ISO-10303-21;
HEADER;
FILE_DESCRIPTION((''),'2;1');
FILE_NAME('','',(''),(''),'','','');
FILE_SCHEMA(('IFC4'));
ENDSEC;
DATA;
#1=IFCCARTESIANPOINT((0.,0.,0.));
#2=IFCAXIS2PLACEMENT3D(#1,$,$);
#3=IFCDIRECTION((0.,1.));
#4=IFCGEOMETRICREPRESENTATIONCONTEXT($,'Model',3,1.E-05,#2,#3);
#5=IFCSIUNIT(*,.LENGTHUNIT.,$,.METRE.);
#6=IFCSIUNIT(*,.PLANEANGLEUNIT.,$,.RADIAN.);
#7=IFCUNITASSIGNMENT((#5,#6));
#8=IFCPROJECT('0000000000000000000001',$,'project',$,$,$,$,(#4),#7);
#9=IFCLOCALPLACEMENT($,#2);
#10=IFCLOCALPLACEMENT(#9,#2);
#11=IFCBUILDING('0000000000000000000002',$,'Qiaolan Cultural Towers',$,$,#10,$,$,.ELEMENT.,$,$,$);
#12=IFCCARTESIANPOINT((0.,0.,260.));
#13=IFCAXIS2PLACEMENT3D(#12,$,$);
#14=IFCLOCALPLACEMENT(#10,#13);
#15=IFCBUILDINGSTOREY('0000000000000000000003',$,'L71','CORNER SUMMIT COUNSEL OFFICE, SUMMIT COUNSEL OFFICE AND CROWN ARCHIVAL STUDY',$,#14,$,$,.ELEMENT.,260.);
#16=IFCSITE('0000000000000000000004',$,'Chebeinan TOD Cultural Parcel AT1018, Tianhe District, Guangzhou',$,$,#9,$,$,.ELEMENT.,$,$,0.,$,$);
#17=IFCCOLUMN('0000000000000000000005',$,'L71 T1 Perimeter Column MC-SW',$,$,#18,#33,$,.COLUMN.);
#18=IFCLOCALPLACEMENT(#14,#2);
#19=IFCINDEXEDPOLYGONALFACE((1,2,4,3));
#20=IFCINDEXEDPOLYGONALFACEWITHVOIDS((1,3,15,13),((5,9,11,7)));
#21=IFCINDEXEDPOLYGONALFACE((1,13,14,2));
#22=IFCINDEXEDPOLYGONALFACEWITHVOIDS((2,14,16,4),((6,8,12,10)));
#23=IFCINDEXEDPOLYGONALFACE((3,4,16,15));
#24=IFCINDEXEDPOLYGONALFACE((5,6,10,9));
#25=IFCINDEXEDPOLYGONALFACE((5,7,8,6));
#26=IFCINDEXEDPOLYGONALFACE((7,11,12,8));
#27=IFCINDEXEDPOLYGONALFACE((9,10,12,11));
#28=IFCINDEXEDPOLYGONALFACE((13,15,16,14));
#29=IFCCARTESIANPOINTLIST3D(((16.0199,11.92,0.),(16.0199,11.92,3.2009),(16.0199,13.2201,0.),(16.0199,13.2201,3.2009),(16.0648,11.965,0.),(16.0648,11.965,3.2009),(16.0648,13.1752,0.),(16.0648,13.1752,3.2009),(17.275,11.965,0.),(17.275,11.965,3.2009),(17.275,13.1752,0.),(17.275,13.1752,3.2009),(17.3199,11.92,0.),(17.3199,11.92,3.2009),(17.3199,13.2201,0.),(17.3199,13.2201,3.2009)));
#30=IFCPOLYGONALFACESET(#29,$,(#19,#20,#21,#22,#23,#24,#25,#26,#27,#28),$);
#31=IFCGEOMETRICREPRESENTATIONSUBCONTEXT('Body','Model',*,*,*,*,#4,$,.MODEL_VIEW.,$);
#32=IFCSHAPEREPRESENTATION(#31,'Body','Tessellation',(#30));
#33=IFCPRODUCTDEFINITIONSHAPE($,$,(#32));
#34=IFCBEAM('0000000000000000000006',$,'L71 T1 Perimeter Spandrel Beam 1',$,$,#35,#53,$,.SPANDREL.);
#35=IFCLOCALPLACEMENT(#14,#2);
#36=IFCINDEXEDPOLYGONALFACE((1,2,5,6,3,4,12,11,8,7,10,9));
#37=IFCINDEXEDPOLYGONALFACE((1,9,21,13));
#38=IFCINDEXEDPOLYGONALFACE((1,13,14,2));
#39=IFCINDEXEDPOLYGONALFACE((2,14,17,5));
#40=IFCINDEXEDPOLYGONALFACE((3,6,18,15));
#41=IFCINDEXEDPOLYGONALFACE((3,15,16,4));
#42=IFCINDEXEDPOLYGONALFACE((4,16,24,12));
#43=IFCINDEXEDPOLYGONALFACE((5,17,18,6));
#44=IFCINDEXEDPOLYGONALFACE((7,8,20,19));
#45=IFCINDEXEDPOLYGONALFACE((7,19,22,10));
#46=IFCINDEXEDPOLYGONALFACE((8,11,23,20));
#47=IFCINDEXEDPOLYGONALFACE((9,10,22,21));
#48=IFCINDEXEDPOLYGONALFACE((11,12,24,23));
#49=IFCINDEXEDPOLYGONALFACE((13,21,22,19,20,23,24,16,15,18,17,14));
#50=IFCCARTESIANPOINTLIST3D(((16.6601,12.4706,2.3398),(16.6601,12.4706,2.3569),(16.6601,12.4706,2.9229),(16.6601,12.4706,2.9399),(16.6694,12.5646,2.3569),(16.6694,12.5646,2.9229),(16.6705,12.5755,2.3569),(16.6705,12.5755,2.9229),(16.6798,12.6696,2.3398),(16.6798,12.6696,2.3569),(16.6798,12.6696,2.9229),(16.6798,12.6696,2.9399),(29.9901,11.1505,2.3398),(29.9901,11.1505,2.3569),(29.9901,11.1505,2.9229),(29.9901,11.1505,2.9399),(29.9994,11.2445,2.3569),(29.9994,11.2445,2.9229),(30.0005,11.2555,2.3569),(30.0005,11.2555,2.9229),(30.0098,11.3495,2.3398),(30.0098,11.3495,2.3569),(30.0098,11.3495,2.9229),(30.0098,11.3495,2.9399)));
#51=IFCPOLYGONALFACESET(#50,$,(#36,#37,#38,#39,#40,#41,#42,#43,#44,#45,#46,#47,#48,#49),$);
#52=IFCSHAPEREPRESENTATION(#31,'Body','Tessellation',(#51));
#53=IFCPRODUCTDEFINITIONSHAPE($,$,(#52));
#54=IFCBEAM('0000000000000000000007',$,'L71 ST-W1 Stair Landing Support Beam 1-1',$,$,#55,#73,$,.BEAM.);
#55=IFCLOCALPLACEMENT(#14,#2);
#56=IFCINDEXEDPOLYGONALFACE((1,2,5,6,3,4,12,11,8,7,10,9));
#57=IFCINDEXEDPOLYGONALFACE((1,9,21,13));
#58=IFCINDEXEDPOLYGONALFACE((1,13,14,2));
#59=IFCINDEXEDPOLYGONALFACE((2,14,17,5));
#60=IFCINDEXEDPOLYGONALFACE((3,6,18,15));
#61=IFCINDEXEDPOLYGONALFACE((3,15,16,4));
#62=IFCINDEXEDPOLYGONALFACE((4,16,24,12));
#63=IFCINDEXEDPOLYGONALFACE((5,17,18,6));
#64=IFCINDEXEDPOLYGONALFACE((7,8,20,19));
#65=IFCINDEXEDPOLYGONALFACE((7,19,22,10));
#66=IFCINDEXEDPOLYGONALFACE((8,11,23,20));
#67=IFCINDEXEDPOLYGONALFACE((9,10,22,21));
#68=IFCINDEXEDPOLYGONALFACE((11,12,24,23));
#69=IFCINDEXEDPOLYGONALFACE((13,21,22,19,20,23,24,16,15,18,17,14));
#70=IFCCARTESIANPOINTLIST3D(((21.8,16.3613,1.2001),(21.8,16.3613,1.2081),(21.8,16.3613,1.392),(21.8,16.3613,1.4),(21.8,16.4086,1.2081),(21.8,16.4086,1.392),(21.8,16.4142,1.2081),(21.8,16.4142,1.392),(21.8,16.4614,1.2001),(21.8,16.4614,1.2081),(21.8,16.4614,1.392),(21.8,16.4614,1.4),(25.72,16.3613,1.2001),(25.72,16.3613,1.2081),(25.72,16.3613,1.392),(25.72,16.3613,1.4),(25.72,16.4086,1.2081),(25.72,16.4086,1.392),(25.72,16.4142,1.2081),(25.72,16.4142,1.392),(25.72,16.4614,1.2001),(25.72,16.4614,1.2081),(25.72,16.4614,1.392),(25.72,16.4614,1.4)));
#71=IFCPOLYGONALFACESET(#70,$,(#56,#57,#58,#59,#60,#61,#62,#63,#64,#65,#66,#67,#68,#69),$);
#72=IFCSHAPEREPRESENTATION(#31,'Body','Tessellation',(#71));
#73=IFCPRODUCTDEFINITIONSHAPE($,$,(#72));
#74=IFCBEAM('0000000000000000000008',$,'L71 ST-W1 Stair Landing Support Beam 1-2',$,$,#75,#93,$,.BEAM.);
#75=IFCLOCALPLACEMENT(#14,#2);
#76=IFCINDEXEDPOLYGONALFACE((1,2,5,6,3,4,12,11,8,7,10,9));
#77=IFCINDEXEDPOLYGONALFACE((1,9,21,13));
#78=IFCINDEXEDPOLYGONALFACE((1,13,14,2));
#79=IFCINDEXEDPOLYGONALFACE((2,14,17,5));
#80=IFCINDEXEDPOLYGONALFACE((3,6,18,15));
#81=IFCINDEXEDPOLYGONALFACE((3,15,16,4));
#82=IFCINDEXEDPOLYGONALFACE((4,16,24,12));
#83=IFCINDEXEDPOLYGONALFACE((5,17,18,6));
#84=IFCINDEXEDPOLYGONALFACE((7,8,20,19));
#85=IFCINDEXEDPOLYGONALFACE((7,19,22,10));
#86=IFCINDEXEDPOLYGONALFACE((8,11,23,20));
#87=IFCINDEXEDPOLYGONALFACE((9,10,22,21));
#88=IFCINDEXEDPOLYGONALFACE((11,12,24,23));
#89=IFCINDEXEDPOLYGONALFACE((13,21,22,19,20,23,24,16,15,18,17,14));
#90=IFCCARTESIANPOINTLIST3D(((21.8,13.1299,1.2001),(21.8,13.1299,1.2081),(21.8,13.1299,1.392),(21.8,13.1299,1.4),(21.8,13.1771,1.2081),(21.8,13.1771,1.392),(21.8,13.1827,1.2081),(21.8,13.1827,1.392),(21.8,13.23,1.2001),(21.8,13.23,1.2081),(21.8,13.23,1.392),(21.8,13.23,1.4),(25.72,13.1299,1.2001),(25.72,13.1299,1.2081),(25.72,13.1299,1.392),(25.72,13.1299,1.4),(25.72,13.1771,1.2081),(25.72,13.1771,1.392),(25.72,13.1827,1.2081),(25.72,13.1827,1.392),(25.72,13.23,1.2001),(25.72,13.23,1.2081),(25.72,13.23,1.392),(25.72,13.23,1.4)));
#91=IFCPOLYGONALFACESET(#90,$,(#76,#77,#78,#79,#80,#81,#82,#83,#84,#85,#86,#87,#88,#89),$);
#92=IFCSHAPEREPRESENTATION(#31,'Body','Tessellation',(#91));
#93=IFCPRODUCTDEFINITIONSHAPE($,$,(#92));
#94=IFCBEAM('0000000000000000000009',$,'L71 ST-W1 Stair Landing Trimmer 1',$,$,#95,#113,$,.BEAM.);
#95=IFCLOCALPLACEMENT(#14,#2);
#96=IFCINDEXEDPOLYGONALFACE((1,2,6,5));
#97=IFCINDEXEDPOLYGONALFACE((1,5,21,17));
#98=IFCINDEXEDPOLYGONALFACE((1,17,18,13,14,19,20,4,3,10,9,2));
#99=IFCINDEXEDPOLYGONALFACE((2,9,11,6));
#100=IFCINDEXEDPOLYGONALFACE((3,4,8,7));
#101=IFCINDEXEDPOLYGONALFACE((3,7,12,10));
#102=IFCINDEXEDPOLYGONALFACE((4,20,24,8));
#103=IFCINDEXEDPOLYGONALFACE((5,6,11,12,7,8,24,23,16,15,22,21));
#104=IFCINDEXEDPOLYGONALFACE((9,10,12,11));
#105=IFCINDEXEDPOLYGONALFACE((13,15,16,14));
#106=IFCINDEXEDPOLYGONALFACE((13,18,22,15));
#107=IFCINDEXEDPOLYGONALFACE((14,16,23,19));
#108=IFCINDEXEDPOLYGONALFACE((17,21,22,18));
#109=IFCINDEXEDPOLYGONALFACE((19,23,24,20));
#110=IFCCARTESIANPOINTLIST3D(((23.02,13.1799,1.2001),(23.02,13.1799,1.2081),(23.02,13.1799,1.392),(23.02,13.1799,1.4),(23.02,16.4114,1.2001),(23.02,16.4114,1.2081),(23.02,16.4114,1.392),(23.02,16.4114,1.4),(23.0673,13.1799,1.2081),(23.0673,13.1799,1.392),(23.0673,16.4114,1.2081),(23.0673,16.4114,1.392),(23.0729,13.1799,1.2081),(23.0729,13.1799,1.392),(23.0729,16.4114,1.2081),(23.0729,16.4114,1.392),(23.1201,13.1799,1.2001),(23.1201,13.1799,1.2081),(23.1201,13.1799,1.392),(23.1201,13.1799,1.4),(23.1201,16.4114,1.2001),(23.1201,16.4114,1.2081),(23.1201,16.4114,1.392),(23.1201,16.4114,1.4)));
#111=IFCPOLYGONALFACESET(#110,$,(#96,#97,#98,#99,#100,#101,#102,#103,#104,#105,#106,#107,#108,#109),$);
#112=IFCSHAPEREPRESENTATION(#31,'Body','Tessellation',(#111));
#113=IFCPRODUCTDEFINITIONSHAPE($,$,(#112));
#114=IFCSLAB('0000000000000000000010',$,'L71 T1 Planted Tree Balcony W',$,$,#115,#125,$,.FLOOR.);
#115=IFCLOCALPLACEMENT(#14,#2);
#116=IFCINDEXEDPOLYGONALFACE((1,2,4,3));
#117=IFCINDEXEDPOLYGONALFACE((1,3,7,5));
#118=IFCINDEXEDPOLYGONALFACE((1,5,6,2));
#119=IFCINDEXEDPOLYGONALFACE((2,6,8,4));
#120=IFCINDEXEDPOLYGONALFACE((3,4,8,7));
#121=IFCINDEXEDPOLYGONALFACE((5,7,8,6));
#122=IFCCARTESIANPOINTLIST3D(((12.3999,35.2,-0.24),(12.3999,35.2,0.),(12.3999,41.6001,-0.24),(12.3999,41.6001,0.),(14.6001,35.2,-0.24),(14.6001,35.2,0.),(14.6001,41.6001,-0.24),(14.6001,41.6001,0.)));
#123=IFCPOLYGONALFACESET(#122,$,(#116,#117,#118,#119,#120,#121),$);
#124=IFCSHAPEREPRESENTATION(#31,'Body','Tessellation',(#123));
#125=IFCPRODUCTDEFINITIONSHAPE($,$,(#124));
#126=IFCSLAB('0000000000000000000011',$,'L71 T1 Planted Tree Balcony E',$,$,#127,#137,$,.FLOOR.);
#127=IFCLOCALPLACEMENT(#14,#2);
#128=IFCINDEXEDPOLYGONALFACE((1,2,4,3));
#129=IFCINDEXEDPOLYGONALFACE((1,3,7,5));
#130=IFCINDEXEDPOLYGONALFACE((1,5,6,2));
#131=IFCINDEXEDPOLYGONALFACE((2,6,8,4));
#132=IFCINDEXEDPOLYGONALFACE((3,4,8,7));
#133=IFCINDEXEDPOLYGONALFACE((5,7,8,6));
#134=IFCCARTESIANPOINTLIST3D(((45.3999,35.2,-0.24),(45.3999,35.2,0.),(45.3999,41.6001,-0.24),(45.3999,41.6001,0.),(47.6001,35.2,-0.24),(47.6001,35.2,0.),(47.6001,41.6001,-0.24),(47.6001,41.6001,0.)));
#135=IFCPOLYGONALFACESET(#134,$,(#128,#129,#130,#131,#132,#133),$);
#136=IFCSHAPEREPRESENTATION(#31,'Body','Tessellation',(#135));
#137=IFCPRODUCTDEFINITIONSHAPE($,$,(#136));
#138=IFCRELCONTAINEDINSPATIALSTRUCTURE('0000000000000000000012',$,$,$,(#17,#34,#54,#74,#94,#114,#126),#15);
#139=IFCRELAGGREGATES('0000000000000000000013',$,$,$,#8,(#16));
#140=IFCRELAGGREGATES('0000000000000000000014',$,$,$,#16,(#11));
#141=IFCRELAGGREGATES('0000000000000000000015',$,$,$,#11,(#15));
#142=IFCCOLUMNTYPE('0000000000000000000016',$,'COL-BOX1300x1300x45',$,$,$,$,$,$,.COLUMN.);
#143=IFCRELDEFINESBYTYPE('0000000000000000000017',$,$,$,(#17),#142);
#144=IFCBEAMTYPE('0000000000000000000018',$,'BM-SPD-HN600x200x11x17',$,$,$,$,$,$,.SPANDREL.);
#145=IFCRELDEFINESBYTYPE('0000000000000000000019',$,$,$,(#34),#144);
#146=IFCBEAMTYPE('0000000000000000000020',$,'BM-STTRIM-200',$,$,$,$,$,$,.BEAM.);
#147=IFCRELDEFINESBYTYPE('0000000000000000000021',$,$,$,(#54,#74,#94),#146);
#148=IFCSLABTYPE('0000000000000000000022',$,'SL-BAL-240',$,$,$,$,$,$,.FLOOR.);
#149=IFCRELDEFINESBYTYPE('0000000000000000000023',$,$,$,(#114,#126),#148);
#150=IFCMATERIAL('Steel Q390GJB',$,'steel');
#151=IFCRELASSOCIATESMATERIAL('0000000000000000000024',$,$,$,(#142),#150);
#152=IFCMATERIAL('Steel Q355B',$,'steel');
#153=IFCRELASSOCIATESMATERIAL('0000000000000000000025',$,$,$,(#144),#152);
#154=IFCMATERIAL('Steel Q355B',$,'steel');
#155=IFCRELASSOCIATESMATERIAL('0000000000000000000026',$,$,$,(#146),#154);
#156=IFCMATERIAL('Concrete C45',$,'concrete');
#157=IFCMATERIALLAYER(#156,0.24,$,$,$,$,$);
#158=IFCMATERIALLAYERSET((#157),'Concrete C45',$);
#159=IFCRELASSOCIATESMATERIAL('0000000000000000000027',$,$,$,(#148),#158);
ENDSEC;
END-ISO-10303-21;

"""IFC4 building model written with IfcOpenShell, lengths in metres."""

from ifc_helpers import new_model, si_unit, direction, frame, origin, origin_2d, place, context, subcontext, project, spatial, polyline, hollow_rectangle, i_section, outline, extrude, material, layer, layer_set, material_profile, profile_set, type_object, element, save


model = new_model("IFC4")

# Units and contexts
model_context = context("Model", 3, precision=1e-05, world=origin(), true_north=direction((0.0, 1.0)))
body_context = subcontext(model_context, "Body", "Model", "MODEL_VIEW")
ifc_project = project(units=[si_unit("LENGTHUNIT", "METRE"), si_unit("PLANEANGLEUNIT", "RADIAN")], contexts=[model_context])

# Site, building, storey
site_placement = place(None, origin())
site = spatial("IfcSite", under=ifc_project, at=site_placement, Name="Chebeinan TOD Cultural Parcel AT1018, Tianhe District, Guangzhou", CompositionType="ELEMENT", RefElevation=0.0)
building_placement = place(site_placement, origin())
building = spatial("IfcBuilding", under=site, at=building_placement, Name="Qiaolan Cultural Towers", CompositionType="ELEMENT")
storey_placement = place(building_placement, frame((0.0, 0.0, 260.0)))
storey = spatial("IfcBuildingStorey", under=building, at=storey_placement, Name="L71", Description="CORNER SUMMIT COUNSEL OFFICE, SUMMIT COUNSEL OFFICE AND CROWN ARCHIVAL STUDY", CompositionType="ELEMENT", Elevation=260.0)

# Column
ifc_material_1 = material(Name="Steel Q390GJB", Category="steel")
ifc_material_profile_1 = material_profile(ifc_material_1, hollow_rectangle(XDim=1.3, YDim=1.3, WallThickness=0.0449, at=origin_2d()), Name="BOX1300x1300x45")
ifc_profile_set_1 = profile_set([ifc_material_profile_1], Name="Steel Q390GJB")
column_type = type_object("IfcColumnType", Name="COL-BOX1300x1300x45", PredefinedType="COLUMN", material=ifc_profile_set_1)
column_placement = place(storey_placement, frame((16.6699, 12.5701, 0.0), z_axis=(0.0, 0.0, 1.0), x_axis=(1.0, 0.0, 0.0)))
element("IfcColumn", 1, at=column_placement, inside=storey, type_object=column_type, Name="L71 T1 Perimeter Column MC-SW", PredefinedType="COLUMN", context=body_context, shape_type="SweptSolid", body=[
    extrude(hollow_rectangle(XDim=1.3, YDim=1.3, WallThickness=0.0449, at=origin_2d()), origin(), (0.0, 0.0, 1.0), 3.2009),
])

# Beams
ifc_material_2 = material(Name="Steel Q355B", Category="steel")
ifc_material_profile_2 = material_profile(ifc_material_2, i_section(OverallWidth=0.2, OverallDepth=0.6001, WebThickness=0.011, FlangeThickness=0.0171, at=origin_2d()), Name="HN600x200x11x17")
ifc_profile_set_2 = profile_set([ifc_material_profile_2], Name="Steel Q355B")
beam_type_1 = type_object("IfcBeamType", Name="BM-SPD-HN600x200x11x17", PredefinedType="SPANDREL", material=ifc_profile_set_2)
beam_1_placement = place(storey_placement, frame((16.6699, 12.5701, 2.6399), z_axis=(0.995132, -0.098547, 0.0), x_axis=(0.098547, 0.995132, 0.0)))
element("IfcBeam", 2, at=beam_1_placement, inside=storey, type_object=beam_type_1, Name="L71 T1 Perimeter Spandrel Beam 1", PredefinedType="SPANDREL", context=body_context, shape_type="SweptSolid", body=[
    extrude(i_section(OverallWidth=0.2, OverallDepth=0.6001, WebThickness=0.011, FlangeThickness=0.0171, at=origin_2d()), origin(), (0.0, 0.0, 1.0), 13.3953),
])
ifc_material_3 = material(Name="Steel Q355B", Category="steel")
ifc_material_profile_3 = material_profile(ifc_material_3, i_section(OverallWidth=0.1001, OverallDepth=0.2, WebThickness=0.0056, FlangeThickness=0.0081, at=origin_2d()), Name="HN200x100x5.5x8")
ifc_profile_set_3 = profile_set([ifc_material_profile_3], Name="Steel Q355B")
beam_type_2 = type_object("IfcBeamType", Name="BM-STTRIM-200", PredefinedType="BEAM", material=ifc_profile_set_3)
for number, where, z_axis, x_axis, name in (
    (3, (21.8, 16.4114, 1.3), (1.0, 0.0, 0.0), (0.0, 1.0, 0.0), "L71 ST-W1 Stair Landing Support Beam 1-1"),
    (4, (21.8, 13.1799, 1.3), (1.0, 0.0, 0.0), (0.0, 1.0, 0.0), "L71 ST-W1 Stair Landing Support Beam 1-2"),
):
    element("IfcBeam", number, at=place(storey_placement, frame(where, z_axis=z_axis, x_axis=x_axis)), inside=storey, type_object=beam_type_2, Name=name, PredefinedType="BEAM", context=body_context, shape_type="SweptSolid", body=[
        extrude(i_section(OverallWidth=0.1001, OverallDepth=0.2, WebThickness=0.0056, FlangeThickness=0.0081, at=origin_2d()), origin(), (0.0, 0.0, 1.0), 3.9199),
    ])
beam_2_placement = place(storey_placement, frame((23.0701, 16.4114, 1.3), z_axis=(0.0, -1.0, 0.0), x_axis=(1.0, 0.0, 0.0)))
element("IfcBeam", 5, at=beam_2_placement, inside=storey, type_object=beam_type_2, Name="L71 ST-W1 Stair Landing Trimmer 1", PredefinedType="BEAM", context=body_context, shape_type="SweptSolid", body=[
    extrude(i_section(OverallWidth=0.1001, OverallDepth=0.2, WebThickness=0.0056, FlangeThickness=0.0081, at=origin_2d()), origin(), (0.0, 0.0, 1.0), 3.2314),
])

# Slabs
ifc_material_4 = material(Name="Concrete C45", Category="concrete")
ifc_layer_1 = layer(ifc_material_4, 0.24)
ifc_layer_set_1 = layer_set([ifc_layer_1], Name="Concrete C45")
slab_type_1 = type_object("IfcSlabType", Name="SL-BAL-240", PredefinedType="FLOOR", material=ifc_layer_set_1)
slab_1_placement = place(storey_placement, frame((0.0, 0.0, -0.24)))
element("IfcSlab", 6, at=slab_1_placement, inside=storey, type_object=slab_type_1, Name="L71 T1 Planted Tree Balcony W", PredefinedType="FLOOR", context=body_context, shape_type="SweptSolid", body=[
    extrude(outline(polyline([(12.3999, 35.2), (14.6001, 35.2), (14.6001, 41.6001), (12.3999, 41.6001), (12.3999, 35.2)])), origin(), (0.0, 0.0, 1.0), 0.24),
])
slab_2_placement = place(storey_placement, frame((0.0, 0.0, -0.24)))
element("IfcSlab", 7, at=slab_2_placement, inside=storey, type_object=slab_type_1, Name="L71 T1 Planted Tree Balcony E", PredefinedType="FLOOR", context=body_context, shape_type="SweptSolid", body=[
    extrude(outline(polyline([(45.3999, 35.2), (47.6001, 35.2), (47.6001, 41.6001), (45.3999, 41.6001), (45.3999, 35.2)])), origin(), (0.0, 0.0, 1.0), 0.24),
])

save(model, "model.ifc")
